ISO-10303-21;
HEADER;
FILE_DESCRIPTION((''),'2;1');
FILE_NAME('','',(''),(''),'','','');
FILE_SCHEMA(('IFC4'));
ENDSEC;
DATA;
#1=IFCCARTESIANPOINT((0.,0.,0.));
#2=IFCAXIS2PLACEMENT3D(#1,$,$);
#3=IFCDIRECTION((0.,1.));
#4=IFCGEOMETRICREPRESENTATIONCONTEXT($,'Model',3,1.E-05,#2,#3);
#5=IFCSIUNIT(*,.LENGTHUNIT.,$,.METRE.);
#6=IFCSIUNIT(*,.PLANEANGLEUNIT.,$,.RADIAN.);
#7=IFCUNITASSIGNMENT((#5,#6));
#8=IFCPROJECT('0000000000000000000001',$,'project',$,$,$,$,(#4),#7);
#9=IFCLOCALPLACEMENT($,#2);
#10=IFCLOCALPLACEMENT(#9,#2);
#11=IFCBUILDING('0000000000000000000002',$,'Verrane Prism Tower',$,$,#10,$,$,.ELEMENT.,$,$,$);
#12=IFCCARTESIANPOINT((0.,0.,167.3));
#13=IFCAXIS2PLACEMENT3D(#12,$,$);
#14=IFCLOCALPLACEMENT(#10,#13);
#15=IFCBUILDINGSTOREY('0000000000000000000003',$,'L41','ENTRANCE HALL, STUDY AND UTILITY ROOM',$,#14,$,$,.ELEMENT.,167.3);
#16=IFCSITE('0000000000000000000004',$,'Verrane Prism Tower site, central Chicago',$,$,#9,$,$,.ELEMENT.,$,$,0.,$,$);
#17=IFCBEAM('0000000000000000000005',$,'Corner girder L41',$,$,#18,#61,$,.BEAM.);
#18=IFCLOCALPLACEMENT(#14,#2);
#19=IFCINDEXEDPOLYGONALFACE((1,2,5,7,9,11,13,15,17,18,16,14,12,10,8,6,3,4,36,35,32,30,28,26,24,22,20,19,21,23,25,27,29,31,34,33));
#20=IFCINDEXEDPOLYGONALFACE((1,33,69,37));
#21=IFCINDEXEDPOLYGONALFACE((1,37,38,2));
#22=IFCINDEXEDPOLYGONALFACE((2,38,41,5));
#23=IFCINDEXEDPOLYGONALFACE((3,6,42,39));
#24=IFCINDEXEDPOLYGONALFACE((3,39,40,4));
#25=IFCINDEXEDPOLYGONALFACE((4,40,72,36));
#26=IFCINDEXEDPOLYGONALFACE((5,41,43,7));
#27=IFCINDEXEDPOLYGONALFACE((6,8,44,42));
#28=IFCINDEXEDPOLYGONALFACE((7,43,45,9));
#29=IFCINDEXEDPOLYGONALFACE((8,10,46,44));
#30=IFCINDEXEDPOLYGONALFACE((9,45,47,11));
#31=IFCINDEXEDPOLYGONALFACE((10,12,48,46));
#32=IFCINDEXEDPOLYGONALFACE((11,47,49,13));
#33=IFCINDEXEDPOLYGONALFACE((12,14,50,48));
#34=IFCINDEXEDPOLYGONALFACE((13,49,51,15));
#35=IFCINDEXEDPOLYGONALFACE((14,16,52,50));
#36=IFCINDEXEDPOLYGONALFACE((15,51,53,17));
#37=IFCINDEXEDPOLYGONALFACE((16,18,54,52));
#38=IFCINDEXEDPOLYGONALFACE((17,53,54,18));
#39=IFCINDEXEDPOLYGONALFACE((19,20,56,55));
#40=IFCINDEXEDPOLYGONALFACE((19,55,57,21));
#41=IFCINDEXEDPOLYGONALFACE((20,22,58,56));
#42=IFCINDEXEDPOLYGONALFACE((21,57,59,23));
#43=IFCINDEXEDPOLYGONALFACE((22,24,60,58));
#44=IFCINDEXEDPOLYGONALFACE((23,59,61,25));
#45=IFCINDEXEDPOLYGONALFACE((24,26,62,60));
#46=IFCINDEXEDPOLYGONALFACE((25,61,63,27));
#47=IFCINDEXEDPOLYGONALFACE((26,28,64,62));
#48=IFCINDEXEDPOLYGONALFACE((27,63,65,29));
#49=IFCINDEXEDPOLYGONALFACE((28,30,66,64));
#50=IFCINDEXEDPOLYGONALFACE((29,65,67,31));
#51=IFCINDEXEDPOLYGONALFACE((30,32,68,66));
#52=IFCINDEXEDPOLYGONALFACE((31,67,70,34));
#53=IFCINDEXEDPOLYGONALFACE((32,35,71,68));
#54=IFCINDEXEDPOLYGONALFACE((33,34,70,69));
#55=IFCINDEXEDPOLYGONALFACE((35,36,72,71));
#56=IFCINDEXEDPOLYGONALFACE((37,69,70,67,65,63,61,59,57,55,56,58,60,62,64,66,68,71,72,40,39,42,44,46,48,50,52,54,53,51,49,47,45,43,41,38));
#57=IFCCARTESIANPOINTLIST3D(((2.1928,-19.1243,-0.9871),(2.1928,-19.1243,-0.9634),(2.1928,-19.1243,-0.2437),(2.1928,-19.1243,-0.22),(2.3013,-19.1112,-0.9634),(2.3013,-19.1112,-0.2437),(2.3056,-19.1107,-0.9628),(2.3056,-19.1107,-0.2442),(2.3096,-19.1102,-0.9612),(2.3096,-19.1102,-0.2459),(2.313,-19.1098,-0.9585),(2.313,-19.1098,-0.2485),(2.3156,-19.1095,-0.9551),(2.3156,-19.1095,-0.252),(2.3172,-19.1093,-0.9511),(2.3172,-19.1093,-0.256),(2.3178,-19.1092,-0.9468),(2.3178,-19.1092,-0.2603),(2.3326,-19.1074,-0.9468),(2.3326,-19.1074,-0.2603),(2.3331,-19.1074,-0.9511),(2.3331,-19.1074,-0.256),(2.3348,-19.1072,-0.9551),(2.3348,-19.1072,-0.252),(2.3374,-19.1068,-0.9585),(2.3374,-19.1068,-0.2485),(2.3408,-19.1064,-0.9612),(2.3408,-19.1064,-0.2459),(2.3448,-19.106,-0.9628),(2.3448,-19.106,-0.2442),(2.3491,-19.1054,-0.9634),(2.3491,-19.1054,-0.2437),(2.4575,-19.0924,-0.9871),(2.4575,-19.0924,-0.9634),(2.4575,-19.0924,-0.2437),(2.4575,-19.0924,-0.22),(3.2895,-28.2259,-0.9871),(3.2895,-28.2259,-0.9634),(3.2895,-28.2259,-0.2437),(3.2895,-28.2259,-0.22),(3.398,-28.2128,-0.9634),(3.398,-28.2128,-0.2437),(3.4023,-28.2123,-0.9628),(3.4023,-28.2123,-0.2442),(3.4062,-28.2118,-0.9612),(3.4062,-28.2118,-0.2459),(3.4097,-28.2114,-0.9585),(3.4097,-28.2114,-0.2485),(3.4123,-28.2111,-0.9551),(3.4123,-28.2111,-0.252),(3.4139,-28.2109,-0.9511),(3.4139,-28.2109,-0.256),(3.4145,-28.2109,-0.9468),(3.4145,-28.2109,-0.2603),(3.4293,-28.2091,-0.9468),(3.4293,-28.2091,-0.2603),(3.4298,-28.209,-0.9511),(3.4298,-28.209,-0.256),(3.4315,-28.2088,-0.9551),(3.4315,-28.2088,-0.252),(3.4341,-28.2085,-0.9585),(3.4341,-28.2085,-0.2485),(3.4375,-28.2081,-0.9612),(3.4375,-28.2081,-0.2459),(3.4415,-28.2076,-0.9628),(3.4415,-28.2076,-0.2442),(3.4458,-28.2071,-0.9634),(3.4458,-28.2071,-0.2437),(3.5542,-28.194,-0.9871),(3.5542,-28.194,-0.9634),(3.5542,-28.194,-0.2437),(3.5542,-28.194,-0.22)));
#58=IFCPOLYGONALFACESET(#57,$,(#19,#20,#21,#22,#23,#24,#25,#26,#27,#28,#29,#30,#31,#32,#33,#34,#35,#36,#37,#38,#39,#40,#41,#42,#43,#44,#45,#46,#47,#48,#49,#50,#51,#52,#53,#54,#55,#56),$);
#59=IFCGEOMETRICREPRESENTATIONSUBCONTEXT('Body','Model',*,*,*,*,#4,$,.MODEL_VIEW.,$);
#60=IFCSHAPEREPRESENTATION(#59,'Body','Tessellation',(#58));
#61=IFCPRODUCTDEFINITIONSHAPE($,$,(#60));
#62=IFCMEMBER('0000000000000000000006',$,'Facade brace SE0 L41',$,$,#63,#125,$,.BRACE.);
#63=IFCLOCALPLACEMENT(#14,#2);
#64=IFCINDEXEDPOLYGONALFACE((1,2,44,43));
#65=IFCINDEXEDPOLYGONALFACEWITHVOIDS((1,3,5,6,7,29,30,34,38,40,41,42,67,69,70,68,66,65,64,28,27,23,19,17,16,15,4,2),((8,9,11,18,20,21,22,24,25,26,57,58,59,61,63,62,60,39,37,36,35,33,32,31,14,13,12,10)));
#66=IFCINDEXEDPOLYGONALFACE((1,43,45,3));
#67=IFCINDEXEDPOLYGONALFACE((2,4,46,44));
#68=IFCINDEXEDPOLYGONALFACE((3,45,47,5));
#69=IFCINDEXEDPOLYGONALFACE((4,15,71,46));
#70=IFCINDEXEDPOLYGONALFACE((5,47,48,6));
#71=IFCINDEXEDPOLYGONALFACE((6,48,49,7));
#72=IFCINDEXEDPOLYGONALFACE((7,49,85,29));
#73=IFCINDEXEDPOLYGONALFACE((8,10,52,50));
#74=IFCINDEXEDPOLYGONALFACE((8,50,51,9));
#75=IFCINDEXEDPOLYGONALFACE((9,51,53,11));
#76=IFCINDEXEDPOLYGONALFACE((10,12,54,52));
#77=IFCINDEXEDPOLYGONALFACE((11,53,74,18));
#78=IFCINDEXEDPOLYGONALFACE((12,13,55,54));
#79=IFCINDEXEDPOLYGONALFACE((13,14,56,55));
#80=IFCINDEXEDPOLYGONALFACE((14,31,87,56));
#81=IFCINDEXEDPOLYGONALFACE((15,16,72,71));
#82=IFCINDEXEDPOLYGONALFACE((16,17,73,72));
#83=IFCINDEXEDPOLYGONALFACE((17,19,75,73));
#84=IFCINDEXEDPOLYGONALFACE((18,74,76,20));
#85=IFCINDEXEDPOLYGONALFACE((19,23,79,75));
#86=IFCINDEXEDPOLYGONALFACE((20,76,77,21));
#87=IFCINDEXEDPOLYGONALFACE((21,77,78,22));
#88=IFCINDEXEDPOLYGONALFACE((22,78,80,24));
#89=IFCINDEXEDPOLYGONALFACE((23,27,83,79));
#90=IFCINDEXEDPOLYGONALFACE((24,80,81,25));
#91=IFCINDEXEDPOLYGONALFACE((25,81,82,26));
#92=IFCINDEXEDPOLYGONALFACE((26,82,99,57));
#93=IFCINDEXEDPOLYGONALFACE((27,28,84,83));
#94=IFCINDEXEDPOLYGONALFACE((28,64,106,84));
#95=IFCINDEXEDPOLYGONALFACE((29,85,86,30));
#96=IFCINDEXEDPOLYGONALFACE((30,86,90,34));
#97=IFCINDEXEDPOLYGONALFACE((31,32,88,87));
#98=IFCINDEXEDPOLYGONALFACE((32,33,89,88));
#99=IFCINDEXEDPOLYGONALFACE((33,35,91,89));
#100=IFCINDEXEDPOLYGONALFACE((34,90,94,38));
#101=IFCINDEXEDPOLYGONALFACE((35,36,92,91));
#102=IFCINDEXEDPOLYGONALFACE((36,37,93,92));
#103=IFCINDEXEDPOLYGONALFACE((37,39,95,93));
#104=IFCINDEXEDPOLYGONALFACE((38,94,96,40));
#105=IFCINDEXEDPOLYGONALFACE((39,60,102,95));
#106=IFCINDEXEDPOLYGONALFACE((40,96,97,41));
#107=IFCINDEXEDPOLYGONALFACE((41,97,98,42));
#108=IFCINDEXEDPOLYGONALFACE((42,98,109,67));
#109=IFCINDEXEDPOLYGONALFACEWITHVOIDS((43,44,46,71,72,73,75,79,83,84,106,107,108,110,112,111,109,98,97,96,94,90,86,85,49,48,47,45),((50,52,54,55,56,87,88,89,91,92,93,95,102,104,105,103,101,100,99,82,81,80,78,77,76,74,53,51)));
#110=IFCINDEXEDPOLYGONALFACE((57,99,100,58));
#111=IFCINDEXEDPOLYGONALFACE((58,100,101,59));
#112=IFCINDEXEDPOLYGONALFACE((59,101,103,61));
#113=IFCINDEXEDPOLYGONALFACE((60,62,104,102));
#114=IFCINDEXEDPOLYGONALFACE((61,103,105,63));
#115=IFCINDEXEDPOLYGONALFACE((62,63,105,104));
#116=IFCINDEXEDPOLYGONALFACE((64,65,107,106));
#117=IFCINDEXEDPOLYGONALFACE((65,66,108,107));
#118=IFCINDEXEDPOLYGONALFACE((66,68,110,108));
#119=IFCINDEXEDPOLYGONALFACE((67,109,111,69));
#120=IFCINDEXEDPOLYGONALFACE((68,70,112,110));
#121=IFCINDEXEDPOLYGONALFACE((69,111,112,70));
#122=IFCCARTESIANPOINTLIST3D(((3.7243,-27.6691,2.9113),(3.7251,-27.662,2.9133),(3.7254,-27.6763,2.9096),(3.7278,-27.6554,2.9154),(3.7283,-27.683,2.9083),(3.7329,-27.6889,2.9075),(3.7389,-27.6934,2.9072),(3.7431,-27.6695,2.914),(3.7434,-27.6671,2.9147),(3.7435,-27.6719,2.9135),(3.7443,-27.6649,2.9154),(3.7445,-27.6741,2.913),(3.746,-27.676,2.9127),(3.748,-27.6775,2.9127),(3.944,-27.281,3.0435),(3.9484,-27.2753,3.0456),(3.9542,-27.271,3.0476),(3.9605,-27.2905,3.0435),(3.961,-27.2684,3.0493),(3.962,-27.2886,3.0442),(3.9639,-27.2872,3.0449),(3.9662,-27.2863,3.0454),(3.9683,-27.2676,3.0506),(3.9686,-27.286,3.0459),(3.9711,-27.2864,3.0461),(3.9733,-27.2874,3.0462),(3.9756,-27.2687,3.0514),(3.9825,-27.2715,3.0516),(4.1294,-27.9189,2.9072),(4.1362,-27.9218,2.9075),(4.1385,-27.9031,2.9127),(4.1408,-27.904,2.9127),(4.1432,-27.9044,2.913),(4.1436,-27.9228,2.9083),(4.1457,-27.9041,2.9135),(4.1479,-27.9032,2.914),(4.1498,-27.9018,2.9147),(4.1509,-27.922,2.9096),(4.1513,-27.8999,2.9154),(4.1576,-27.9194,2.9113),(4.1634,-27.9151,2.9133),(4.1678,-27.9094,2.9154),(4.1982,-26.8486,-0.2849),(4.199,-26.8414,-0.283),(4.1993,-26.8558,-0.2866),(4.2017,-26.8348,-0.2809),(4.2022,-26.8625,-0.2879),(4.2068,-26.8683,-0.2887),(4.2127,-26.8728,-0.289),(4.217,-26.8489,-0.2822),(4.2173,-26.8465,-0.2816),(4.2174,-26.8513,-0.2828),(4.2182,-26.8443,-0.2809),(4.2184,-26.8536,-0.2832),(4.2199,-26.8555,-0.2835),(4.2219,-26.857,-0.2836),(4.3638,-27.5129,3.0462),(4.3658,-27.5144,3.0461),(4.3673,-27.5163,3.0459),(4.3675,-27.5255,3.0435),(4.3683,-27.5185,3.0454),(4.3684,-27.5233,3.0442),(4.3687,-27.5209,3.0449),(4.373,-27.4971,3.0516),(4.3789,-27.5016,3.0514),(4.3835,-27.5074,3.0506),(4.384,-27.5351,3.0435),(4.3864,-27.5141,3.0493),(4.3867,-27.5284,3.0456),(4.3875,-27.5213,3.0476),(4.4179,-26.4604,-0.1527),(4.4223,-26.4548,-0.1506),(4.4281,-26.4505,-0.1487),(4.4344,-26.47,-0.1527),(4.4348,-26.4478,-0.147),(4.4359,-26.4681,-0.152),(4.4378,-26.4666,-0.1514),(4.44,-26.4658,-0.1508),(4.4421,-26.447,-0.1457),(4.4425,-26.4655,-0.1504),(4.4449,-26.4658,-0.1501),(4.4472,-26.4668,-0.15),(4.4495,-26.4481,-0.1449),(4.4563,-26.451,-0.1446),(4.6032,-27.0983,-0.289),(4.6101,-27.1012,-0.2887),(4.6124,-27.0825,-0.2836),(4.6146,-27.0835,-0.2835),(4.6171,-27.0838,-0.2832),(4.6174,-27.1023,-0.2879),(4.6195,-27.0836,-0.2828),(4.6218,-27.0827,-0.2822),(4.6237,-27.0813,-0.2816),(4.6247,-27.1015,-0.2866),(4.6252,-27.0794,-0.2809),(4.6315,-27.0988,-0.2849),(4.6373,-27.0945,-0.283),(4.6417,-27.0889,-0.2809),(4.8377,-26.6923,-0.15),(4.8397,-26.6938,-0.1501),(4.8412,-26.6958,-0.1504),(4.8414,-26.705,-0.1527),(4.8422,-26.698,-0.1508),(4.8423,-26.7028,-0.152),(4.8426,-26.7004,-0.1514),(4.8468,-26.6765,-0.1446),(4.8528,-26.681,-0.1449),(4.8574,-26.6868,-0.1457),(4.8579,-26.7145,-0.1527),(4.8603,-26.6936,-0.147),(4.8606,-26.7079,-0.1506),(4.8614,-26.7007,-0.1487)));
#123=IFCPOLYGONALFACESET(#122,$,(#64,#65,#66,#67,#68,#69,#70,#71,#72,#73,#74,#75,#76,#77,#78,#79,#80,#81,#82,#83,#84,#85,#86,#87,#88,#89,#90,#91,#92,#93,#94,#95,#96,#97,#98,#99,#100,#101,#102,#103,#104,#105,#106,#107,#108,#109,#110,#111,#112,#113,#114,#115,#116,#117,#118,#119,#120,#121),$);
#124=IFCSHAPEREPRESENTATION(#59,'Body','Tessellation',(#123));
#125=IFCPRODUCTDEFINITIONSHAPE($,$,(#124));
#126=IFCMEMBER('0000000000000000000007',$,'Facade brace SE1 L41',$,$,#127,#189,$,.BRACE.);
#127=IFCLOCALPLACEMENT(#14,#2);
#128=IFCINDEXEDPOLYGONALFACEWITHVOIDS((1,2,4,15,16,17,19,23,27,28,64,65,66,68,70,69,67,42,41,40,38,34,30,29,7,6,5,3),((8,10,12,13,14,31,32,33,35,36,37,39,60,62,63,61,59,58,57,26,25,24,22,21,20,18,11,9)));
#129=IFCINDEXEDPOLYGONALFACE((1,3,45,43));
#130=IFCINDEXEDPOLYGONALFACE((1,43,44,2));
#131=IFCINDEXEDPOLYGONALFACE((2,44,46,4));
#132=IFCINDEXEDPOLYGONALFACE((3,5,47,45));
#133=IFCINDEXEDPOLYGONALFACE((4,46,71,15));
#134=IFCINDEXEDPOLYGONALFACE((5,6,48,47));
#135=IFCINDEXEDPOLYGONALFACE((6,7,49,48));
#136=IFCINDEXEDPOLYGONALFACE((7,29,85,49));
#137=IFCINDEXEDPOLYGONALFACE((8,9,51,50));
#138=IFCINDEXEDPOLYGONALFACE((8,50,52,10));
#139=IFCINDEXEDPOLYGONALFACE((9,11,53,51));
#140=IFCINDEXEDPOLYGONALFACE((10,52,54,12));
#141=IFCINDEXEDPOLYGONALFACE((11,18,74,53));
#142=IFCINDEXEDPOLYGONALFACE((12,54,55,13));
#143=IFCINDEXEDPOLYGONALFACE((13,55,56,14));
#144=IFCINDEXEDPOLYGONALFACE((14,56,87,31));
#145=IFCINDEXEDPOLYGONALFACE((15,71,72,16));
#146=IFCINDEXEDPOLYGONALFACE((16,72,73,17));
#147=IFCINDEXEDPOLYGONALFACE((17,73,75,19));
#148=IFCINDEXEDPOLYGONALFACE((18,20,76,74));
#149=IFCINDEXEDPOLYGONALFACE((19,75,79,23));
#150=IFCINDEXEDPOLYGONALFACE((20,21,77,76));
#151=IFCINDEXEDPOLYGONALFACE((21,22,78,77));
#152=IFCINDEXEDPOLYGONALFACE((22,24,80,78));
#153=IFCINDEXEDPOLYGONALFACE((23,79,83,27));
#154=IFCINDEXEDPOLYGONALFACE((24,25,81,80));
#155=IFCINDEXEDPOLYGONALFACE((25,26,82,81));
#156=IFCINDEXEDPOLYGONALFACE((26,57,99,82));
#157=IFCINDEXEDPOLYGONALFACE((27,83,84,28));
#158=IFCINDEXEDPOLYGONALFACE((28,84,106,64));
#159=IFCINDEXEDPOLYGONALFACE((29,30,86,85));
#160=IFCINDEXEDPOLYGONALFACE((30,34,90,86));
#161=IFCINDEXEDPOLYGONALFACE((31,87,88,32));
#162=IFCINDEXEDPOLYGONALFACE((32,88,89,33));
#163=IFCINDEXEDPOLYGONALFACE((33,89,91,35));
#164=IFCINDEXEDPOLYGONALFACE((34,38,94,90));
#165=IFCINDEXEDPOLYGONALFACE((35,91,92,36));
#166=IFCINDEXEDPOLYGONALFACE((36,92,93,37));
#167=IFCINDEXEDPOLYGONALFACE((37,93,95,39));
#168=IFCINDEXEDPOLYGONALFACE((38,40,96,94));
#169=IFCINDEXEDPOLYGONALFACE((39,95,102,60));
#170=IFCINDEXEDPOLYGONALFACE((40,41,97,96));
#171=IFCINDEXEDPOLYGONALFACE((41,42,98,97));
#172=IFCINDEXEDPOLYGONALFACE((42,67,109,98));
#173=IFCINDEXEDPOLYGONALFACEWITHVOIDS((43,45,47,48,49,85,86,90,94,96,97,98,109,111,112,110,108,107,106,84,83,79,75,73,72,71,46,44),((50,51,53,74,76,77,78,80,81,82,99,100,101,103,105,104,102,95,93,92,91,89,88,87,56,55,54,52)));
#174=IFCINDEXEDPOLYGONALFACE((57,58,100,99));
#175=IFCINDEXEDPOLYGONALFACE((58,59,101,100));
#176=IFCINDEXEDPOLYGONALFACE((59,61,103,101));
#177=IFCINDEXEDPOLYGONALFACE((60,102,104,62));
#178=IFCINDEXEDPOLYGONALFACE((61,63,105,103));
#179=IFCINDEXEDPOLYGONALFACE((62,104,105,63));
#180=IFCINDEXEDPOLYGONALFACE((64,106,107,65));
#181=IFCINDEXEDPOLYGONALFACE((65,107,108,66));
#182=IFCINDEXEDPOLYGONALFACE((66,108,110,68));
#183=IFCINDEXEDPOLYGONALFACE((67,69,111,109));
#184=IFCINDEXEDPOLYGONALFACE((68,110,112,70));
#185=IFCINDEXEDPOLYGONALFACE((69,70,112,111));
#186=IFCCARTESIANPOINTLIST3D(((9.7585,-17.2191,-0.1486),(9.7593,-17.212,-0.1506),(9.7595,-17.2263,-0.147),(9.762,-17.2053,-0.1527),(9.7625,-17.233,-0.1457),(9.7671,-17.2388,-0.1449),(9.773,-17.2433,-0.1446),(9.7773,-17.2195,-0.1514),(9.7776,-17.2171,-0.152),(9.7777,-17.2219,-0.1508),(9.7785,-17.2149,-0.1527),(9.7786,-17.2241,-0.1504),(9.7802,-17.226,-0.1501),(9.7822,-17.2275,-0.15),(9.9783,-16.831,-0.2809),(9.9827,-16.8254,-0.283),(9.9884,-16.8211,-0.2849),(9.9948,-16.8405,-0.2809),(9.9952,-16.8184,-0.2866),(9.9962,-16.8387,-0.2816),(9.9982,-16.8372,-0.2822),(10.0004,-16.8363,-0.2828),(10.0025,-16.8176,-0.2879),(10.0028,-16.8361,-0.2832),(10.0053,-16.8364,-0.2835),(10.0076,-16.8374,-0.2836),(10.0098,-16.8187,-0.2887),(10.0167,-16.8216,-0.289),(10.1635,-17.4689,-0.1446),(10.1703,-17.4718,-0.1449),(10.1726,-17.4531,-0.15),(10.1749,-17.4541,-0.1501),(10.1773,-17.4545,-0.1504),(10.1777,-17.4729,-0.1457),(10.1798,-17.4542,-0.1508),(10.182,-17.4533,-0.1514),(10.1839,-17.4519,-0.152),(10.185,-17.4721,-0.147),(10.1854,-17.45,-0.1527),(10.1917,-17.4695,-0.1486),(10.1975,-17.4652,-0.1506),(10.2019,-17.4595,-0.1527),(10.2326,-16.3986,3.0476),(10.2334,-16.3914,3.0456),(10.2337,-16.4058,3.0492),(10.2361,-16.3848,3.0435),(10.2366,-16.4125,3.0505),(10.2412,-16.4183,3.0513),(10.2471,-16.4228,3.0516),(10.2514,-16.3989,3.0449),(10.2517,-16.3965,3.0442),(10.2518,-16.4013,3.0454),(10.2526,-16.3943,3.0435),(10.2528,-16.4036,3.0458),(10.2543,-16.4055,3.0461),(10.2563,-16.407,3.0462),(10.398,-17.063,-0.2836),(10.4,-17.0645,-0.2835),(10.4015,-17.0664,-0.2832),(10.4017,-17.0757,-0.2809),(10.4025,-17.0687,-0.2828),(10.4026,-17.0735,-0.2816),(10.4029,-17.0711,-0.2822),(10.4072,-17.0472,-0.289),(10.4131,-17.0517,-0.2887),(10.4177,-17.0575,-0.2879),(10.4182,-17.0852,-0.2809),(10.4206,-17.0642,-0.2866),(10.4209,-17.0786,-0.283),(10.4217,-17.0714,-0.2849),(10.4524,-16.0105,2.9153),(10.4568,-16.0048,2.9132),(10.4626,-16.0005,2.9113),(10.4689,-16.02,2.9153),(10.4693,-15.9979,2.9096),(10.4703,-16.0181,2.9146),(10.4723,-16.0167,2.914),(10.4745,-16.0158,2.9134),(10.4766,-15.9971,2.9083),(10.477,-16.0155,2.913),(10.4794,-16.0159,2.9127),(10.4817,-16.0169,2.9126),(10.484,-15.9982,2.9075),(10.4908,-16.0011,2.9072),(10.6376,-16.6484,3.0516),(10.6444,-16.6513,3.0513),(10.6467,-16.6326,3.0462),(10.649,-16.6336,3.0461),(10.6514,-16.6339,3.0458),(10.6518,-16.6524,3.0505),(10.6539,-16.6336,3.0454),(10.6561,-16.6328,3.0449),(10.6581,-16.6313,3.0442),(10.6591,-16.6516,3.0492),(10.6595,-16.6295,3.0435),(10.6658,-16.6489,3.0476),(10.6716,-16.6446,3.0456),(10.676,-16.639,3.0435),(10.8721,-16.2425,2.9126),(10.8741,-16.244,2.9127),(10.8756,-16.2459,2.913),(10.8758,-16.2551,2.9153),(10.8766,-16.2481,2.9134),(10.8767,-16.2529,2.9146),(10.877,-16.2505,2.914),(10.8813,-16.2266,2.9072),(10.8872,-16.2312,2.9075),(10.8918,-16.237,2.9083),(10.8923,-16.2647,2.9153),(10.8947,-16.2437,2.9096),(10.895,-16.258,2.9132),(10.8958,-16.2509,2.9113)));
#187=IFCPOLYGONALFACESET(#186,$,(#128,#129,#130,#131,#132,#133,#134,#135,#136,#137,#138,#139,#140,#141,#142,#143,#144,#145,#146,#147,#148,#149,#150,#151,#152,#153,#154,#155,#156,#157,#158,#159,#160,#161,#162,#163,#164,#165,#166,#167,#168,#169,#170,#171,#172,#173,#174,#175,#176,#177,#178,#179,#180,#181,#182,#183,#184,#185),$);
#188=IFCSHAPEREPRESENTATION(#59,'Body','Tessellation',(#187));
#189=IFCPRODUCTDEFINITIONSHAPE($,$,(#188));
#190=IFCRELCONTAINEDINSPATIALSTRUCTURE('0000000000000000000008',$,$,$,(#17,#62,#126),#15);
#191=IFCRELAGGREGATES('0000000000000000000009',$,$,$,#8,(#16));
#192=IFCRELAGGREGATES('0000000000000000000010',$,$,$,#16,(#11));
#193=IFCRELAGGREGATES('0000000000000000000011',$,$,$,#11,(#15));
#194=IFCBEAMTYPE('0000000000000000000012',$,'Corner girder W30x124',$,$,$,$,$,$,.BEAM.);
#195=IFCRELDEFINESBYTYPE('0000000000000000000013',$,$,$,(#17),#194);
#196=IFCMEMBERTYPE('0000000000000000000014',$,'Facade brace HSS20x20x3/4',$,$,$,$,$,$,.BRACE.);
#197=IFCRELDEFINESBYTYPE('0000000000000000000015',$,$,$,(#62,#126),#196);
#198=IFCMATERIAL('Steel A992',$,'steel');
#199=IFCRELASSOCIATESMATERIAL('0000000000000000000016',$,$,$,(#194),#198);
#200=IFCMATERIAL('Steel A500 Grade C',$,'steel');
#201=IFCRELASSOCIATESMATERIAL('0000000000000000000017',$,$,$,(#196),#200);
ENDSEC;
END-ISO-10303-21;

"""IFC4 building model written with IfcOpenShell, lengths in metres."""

from ifc_helpers import new_model, si_unit, direction, frame, origin, origin_2d, place, context, subcontext, project, spatial, hollow_rectangle, i_section, extrude, material, material_profile, profile_set, type_object, element, save


model = new_model("IFC4")

# Units and contexts
model_context = context("Model", 3, precision=1e-05, world=origin(), true_north=direction((0.0, 1.0)))
body_context = subcontext(model_context, "Body", "Model", "MODEL_VIEW")
ifc_project = project(units=[si_unit("LENGTHUNIT", "METRE"), si_unit("PLANEANGLEUNIT", "RADIAN")], contexts=[model_context])

# Site, building, storey
site_placement = place(None, origin())
site = spatial("IfcSite", under=ifc_project, at=site_placement, Name="Verrane Prism Tower site, central Chicago", CompositionType="ELEMENT", RefElevation=0.0)
building_placement = place(site_placement, origin())
building = spatial("IfcBuilding", under=site, at=building_placement, Name="Verrane Prism Tower", CompositionType="ELEMENT")
storey_placement = place(building_placement, frame((0.0, 0.0, 167.3)))
storey = spatial("IfcBuildingStorey", under=building, at=storey_placement, Name="L41", Description="ENTRANCE HALL, STUDY AND UTILITY ROOM", CompositionType="ELEMENT", Elevation=167.3)

# Beam
ifc_material_1 = material(Name="Steel A992", Category="steel")
ifc_material_profile_1 = material_profile(ifc_material_1, i_section(OverallWidth=0.2666, OverallDepth=0.7671, WebThickness=0.0149, FlangeThickness=0.0237, FilletRadius=0.0166, at=origin_2d()), Name="W30x124")
ifc_profile_set_1 = profile_set([ifc_material_profile_1], Name="Steel A992")
beam_type_1 = type_object("IfcBeamType", Name="Corner girder W30x124", PredefinedType="BEAM", material=ifc_profile_set_1)
beam_1_placement = place(storey_placement, frame((3.4219, -28.21, -0.6035), z_axis=(-0.119628, 0.992819, 0.0), x_axis=(-0.992819, -0.119628, 0.0)))
element("IfcBeam", 1, at=beam_1_placement, inside=storey, type_object=beam_type_1, Name="Corner girder L41", PredefinedType="BEAM", context=body_context, shape_type="SweptSolid", body=[
    extrude(i_section(OverallWidth=0.2666, OverallDepth=0.7671, WebThickness=0.0149, FlangeThickness=0.0237, FilletRadius=0.0166, at=origin_2d()), origin(), (0.0, 0.0, 1.0), 9.1675),
])

# Members
ifc_material_2 = material(Name="Steel A500 Grade C", Category="steel")
ifc_material_profile_2 = material_profile(ifc_material_2, hollow_rectangle(XDim=0.5081, YDim=0.5081, WallThickness=0.019, InnerFilletRadius=0.0095, OuterFilletRadius=0.0286, at=origin_2d()), Name="HSS20x20x3/4")
ifc_profile_set_2 = profile_set([ifc_material_profile_2], Name="Steel A500 Grade C")
member_type_1 = type_object("IfcMemberType", Name="Facade brace HSS20x20x3/4", PredefinedType="BRACE", material=ifc_profile_set_2)
for number, where, z_axis, x_axis, name in (
    (2, (4.5298, -26.7747, -0.2168), (-0.142144, -0.246133, 0.958756), (0.865967, -0.500102, 0.0), "Facade brace SE0 L41"),
    (3, (10.0901, -17.1453, -0.2168), (0.142215, 0.246131, 0.958746), (-0.865855, 0.500295, 0.0), "Facade brace SE1 L41"),
):
    element("IfcMember", number, at=place(storey_placement, frame(where, z_axis=z_axis, x_axis=x_axis)), inside=storey, type_object=member_type_1, Name=name, PredefinedType="BRACE", context=body_context, shape_type="SweptSolid", body=[
        extrude(hollow_rectangle(XDim=0.5081, YDim=0.5081, WallThickness=0.019, InnerFilletRadius=0.0095, OuterFilletRadius=0.0286, at=origin_2d()), origin(), (0.0, 0.0, 1.0), 3.3337),
    ])

save(model, "model.ifc")
